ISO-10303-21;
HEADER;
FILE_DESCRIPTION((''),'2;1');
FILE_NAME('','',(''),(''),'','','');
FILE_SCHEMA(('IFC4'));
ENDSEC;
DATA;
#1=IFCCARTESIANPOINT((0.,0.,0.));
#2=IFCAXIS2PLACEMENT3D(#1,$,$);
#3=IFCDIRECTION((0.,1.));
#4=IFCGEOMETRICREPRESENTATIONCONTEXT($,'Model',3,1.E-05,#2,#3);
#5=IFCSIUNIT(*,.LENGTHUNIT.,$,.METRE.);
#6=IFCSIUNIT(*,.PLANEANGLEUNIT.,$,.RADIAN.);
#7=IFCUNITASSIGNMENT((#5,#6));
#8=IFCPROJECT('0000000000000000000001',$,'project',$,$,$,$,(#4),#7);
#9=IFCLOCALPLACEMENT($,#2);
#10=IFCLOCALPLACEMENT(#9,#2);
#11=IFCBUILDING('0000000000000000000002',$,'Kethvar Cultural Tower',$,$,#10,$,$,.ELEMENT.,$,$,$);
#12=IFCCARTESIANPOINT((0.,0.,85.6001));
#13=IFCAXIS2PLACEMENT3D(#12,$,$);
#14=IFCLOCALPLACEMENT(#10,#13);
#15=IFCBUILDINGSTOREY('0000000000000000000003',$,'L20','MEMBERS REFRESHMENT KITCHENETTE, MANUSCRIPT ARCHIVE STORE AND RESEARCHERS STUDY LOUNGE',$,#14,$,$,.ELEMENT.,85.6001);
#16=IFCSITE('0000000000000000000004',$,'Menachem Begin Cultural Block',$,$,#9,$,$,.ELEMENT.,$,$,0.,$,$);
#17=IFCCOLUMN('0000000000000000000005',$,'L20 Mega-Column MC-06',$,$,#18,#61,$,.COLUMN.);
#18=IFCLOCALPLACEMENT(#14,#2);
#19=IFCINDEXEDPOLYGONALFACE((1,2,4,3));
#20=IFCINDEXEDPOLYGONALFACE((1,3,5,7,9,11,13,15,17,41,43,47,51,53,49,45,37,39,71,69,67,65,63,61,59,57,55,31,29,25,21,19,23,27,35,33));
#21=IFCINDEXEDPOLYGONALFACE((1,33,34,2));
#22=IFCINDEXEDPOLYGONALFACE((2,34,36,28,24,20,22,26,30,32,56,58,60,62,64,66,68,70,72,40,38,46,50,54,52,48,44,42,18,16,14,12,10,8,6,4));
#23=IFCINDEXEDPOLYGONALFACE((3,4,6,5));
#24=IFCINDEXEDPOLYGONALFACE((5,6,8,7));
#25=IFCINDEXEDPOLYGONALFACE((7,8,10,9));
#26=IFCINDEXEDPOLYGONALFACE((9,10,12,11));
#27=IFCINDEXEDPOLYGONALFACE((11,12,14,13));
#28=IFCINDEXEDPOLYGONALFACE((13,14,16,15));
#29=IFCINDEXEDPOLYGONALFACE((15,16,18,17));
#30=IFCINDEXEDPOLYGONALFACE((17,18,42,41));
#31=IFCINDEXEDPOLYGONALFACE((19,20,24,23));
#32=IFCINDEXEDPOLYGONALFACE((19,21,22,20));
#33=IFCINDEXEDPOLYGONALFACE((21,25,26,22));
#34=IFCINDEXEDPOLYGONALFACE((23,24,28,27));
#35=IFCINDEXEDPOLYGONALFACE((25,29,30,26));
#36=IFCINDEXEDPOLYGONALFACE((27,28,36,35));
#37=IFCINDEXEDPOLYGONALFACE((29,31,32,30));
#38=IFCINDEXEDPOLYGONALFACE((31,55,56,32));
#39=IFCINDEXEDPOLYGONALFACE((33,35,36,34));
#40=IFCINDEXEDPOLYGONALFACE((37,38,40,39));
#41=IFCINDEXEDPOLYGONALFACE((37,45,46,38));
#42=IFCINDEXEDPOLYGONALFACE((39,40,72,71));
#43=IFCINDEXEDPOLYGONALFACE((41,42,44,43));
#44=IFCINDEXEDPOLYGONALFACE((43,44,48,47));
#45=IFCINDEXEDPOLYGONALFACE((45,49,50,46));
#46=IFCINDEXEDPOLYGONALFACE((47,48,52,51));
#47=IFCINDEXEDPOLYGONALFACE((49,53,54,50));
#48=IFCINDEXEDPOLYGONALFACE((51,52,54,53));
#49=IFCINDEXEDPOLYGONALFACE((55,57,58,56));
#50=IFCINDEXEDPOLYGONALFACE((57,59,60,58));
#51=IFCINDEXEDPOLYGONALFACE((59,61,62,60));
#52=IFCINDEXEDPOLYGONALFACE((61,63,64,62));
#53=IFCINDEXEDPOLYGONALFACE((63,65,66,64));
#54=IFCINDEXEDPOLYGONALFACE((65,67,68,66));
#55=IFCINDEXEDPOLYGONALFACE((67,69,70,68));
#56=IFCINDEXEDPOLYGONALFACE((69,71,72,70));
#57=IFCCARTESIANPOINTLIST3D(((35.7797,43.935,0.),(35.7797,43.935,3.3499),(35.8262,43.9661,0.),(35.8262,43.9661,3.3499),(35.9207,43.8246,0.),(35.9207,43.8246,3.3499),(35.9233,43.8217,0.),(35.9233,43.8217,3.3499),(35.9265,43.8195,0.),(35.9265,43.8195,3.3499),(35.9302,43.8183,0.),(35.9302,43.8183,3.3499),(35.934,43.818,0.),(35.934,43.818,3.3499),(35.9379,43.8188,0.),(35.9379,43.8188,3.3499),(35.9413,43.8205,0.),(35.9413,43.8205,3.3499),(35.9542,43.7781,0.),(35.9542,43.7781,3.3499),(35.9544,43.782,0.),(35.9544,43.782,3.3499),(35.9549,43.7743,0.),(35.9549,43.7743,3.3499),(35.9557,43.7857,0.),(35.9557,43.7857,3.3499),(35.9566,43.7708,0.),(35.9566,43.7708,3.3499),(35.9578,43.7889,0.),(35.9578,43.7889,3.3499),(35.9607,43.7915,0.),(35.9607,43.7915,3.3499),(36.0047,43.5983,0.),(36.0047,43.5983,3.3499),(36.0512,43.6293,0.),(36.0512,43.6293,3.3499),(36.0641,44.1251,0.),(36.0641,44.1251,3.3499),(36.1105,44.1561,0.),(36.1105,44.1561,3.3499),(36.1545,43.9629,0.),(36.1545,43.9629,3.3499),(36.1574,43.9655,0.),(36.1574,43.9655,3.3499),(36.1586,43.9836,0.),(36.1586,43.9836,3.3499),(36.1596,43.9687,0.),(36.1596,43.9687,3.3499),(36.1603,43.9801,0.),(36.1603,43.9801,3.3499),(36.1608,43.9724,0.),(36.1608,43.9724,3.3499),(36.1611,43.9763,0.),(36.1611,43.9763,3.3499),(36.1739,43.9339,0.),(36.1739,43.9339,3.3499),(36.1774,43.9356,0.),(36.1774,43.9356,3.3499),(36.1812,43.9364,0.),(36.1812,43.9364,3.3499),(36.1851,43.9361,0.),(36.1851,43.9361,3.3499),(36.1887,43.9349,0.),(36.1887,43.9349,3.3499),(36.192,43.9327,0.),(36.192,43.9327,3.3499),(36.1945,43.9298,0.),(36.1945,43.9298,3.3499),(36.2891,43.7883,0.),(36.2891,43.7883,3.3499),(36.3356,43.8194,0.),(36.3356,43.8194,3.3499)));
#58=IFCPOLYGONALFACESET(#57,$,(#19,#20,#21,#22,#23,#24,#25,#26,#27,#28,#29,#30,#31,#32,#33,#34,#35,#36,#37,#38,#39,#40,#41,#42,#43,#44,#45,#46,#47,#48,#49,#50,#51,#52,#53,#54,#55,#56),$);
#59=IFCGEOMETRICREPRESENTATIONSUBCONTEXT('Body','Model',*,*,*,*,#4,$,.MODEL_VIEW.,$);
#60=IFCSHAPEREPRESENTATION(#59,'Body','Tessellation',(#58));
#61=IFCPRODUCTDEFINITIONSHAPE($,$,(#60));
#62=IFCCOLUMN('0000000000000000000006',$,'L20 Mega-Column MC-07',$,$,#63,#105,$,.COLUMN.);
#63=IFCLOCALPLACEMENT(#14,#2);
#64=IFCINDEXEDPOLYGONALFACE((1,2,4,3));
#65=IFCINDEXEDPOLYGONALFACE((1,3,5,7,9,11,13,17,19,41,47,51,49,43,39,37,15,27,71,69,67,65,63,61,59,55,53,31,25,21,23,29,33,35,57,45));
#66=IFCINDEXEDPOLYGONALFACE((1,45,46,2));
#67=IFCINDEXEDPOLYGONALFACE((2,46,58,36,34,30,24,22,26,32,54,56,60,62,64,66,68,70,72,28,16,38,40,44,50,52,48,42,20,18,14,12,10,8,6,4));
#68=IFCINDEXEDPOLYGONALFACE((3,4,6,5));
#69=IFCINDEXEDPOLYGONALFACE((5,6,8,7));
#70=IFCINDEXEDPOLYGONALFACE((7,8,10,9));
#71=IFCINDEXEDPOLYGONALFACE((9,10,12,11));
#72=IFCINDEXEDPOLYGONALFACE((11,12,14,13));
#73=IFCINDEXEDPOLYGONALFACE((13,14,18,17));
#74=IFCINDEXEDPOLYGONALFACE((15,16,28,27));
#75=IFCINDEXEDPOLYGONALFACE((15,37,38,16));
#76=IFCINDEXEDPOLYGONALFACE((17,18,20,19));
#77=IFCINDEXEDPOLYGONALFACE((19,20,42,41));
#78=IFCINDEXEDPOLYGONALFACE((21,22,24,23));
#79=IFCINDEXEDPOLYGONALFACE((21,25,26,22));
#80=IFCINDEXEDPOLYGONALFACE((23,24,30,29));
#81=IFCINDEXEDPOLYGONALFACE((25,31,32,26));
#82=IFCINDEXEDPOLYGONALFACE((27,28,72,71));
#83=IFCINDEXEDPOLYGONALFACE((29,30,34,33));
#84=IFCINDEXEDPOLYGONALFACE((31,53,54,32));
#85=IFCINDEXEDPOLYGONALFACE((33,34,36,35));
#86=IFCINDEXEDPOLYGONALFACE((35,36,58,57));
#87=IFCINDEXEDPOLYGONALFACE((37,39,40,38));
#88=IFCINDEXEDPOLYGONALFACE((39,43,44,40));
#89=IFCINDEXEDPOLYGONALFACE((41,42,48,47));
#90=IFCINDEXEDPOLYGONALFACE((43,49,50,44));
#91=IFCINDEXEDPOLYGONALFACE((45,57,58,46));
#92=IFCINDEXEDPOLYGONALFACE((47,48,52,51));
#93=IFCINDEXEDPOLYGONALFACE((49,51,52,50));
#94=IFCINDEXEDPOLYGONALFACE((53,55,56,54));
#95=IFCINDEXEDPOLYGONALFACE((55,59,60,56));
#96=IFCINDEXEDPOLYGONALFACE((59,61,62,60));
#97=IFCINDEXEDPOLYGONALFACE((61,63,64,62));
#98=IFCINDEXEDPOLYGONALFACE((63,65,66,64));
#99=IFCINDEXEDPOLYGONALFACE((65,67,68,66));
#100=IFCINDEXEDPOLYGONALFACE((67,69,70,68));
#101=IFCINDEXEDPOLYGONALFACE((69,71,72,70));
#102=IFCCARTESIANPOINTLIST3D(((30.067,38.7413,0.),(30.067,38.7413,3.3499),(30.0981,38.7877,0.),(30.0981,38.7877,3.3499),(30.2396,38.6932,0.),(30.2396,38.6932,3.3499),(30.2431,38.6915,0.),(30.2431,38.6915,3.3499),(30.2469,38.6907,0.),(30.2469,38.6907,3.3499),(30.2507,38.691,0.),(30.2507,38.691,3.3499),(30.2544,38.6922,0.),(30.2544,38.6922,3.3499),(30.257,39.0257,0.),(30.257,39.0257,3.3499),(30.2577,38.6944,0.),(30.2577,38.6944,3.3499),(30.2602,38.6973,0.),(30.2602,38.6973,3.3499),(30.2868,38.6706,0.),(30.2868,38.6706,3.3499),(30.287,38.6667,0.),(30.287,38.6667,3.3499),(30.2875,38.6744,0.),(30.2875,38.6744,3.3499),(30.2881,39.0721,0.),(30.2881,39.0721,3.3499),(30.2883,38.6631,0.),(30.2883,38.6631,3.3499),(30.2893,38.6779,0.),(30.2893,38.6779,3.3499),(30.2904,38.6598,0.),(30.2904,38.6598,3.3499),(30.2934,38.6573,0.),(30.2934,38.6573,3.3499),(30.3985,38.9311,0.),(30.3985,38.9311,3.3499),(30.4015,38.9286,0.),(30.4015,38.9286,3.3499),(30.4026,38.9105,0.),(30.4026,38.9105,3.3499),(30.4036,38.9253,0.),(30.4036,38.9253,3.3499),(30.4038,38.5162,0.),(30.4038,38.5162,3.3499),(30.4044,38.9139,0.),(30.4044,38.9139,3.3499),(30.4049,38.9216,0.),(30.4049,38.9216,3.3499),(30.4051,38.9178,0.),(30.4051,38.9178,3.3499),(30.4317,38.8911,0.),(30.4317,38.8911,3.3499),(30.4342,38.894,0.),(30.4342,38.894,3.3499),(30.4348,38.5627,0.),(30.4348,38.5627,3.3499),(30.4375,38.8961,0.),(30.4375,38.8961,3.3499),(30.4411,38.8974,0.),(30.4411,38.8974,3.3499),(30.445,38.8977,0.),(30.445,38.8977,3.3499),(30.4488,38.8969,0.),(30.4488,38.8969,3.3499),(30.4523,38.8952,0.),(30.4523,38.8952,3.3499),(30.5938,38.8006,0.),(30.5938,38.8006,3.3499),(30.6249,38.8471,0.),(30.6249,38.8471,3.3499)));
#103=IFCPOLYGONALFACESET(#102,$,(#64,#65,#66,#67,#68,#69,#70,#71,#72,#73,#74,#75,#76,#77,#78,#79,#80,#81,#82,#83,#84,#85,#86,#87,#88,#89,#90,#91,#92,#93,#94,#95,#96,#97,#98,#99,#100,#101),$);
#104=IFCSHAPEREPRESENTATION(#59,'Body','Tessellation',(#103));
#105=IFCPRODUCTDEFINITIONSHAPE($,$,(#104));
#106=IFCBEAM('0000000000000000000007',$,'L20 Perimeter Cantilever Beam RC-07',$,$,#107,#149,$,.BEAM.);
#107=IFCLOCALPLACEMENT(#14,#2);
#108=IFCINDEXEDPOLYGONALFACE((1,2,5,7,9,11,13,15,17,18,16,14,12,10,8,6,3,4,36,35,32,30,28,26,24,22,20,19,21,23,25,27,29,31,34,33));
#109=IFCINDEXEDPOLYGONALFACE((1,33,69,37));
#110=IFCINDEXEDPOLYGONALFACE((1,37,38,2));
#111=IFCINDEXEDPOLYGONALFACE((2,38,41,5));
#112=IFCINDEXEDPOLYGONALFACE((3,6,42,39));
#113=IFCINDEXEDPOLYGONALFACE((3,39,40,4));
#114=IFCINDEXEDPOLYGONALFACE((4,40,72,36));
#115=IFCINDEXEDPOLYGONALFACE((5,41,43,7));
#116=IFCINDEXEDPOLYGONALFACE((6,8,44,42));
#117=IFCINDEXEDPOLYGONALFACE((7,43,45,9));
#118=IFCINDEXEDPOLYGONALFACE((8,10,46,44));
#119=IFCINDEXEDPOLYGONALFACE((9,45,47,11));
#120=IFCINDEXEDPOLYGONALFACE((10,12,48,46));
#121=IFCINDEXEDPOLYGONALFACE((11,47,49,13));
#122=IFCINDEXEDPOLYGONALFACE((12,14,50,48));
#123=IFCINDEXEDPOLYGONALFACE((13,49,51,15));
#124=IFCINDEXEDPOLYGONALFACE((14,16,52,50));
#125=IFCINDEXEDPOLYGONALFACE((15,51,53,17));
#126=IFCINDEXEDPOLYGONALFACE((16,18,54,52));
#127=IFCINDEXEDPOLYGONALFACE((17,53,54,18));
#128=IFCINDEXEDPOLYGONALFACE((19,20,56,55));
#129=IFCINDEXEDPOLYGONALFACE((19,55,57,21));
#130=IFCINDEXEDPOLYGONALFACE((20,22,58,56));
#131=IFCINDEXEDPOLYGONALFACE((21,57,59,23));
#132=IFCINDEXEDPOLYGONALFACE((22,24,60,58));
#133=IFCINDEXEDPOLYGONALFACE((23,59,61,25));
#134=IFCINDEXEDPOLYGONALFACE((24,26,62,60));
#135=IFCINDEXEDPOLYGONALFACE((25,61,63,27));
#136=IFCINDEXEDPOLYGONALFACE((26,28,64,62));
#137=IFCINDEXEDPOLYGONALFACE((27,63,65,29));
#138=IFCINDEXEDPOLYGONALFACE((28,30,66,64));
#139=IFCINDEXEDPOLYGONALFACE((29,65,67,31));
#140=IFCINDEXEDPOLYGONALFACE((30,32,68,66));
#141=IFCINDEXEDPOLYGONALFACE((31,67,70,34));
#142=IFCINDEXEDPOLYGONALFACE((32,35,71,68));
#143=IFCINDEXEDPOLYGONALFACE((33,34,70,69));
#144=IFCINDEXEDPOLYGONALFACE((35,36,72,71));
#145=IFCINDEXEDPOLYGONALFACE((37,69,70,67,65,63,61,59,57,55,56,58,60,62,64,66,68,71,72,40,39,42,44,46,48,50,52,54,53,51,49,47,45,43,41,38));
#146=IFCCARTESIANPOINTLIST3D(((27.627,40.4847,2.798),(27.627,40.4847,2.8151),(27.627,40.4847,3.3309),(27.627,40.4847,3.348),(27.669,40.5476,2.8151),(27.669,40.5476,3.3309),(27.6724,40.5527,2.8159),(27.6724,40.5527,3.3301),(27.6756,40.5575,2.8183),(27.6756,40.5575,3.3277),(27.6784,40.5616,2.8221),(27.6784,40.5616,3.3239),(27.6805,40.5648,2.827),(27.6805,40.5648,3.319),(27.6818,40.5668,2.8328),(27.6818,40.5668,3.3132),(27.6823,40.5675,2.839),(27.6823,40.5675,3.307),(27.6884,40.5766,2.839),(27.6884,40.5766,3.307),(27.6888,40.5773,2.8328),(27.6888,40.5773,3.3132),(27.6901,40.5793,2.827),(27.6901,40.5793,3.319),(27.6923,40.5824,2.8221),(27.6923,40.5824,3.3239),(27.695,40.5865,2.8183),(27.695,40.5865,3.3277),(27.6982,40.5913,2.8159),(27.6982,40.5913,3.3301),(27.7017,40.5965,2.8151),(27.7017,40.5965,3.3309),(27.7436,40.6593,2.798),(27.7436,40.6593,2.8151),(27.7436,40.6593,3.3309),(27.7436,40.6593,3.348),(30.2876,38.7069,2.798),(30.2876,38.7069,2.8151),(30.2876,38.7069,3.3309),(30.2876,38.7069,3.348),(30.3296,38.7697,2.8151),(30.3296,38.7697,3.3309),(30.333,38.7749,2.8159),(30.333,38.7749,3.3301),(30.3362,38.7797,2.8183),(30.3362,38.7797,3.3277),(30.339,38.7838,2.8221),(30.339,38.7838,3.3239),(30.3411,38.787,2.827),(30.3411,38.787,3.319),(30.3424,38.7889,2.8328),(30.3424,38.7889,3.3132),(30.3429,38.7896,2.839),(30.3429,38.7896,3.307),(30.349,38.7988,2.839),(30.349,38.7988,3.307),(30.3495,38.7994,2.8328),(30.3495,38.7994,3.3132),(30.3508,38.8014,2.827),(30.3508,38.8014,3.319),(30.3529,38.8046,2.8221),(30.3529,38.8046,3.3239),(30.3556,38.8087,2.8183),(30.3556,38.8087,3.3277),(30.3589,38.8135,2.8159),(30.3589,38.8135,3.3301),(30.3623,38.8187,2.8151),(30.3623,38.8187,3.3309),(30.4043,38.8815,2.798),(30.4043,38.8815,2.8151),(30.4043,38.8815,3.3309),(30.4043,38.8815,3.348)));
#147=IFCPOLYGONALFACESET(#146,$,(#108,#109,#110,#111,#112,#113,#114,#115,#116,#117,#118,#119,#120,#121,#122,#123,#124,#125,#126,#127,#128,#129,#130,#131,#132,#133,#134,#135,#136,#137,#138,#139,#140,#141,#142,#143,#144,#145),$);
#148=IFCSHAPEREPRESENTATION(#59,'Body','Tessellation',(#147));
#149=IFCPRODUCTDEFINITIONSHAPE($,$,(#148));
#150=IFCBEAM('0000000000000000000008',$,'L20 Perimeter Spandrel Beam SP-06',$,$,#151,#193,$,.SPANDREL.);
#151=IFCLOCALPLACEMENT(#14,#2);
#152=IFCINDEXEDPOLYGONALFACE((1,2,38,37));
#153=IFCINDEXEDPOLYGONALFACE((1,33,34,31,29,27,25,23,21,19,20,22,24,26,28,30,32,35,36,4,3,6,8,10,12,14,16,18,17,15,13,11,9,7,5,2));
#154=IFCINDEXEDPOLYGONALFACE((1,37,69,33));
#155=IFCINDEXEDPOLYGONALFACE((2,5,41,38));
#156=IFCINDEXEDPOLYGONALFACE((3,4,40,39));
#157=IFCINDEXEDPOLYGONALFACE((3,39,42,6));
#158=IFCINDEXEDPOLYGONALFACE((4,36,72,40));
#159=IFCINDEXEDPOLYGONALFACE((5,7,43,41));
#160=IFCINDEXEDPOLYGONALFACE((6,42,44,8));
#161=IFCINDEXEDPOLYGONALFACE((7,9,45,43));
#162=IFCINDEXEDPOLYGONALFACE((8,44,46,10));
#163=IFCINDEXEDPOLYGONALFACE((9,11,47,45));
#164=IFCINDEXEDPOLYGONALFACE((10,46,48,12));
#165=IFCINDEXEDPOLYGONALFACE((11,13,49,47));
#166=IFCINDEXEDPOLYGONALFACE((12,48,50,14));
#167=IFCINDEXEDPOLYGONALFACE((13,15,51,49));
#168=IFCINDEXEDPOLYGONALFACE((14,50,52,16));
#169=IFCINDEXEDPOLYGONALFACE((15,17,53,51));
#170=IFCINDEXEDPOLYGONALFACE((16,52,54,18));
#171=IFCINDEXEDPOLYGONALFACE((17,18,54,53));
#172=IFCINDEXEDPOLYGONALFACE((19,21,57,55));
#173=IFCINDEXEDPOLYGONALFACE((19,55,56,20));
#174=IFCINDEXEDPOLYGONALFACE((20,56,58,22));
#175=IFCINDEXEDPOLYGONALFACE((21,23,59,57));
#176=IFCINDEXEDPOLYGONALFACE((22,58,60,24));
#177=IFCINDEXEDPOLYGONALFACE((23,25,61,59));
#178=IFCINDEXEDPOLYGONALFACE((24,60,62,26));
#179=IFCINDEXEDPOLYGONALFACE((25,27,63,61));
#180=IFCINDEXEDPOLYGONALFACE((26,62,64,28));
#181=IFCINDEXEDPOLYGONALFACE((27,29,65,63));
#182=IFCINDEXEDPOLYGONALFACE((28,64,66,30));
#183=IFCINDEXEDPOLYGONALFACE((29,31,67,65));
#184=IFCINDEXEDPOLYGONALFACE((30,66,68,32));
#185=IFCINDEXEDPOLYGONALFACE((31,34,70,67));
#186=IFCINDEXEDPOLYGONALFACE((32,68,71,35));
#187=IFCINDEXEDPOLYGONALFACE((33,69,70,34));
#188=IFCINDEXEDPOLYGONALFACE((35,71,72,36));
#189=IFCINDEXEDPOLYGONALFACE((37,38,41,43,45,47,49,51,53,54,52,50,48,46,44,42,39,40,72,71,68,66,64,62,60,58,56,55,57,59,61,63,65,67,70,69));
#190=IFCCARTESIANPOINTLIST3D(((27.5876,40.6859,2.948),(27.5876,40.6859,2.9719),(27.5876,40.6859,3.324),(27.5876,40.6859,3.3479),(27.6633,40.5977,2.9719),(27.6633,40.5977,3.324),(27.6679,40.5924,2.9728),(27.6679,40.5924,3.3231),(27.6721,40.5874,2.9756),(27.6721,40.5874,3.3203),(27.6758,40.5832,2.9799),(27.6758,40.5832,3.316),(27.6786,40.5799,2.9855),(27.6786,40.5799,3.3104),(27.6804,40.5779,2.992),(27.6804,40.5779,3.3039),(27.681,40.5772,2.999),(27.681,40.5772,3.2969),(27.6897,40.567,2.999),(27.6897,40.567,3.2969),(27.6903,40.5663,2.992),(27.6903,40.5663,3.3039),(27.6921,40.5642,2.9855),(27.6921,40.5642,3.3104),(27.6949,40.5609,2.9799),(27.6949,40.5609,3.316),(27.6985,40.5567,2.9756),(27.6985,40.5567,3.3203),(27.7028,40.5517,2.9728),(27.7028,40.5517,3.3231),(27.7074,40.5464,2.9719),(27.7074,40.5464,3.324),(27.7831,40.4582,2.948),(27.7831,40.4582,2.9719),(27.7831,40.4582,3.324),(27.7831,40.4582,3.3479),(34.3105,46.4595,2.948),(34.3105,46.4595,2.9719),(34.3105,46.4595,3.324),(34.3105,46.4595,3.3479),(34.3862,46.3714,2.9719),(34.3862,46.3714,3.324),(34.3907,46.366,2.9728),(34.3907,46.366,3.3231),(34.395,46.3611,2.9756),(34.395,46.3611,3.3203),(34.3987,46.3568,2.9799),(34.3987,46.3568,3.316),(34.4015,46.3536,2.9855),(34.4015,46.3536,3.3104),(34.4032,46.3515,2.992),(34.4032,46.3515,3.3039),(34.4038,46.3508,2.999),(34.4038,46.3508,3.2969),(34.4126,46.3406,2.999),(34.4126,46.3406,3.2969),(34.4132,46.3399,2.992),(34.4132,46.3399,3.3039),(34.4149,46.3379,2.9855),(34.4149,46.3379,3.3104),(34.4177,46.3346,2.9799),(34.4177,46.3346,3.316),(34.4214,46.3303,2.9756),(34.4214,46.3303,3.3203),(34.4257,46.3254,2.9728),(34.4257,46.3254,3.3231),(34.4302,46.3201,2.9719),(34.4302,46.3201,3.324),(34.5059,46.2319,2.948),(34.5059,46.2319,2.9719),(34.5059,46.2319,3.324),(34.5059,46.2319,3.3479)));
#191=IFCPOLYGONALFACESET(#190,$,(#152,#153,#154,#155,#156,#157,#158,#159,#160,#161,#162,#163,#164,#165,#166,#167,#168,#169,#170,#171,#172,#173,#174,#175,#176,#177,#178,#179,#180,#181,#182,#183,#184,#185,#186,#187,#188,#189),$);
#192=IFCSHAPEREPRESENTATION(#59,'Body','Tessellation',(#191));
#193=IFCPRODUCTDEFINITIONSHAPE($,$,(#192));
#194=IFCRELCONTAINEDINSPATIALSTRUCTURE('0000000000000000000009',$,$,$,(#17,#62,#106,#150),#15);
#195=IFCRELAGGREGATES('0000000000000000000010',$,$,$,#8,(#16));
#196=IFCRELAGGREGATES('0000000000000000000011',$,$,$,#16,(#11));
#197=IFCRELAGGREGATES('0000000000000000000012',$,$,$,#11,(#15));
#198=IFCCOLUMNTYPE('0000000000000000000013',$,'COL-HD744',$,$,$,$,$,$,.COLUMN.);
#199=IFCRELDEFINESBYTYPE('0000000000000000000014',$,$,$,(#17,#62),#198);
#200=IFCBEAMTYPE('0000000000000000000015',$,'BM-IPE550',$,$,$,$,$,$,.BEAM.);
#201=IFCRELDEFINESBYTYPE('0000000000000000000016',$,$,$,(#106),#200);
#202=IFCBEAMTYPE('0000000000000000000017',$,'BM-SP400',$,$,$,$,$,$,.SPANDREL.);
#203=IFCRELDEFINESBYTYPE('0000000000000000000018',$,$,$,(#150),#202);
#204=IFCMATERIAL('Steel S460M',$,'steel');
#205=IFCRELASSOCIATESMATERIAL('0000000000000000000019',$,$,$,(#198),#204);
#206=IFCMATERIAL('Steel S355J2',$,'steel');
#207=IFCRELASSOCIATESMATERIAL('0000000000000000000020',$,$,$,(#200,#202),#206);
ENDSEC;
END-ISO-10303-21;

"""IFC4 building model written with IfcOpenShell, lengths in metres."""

from ifc_helpers import new_model, si_unit, direction, frame, origin, origin_2d, place, context, subcontext, project, spatial, i_section, extrude, source, transform, mapped, material, material_profile, profile_set, type_object, element, save


model = new_model("IFC4")

# Units and contexts
model_context = context("Model", 3, precision=1e-05, world=origin(), true_north=direction((0.0, 1.0)))
body_context = subcontext(model_context, "Body", "Model", "MODEL_VIEW")
ifc_project = project(units=[si_unit("LENGTHUNIT", "METRE"), si_unit("PLANEANGLEUNIT", "RADIAN")], contexts=[model_context])

# Site, building, storey
site_placement = place(None, origin())
site = spatial("IfcSite", under=ifc_project, at=site_placement, Name="Menachem Begin Cultural Block", CompositionType="ELEMENT", RefElevation=0.0)
building_placement = place(site_placement, origin())
building = spatial("IfcBuilding", under=site, at=building_placement, Name="Kethvar Cultural Tower", CompositionType="ELEMENT")
storey_placement = place(building_placement, frame((0.0, 0.0, 85.6001)))
storey = spatial("IfcBuildingStorey", under=building, at=storey_placement, Name="L20", Description="MEMBERS REFRESHMENT KITCHENETTE, MANUSCRIPT ARCHIVE STORE AND RESEARCHERS STUDY LOUNGE", CompositionType="ELEMENT", Elevation=85.6001)

# Columns
ifc_material_1 = material(Name="Steel S460M", Category="steel")
ifc_material_profile_1 = material_profile(ifc_material_1, i_section(OverallWidth=0.405, OverallDepth=0.3979, WebThickness=0.0349, FlangeThickness=0.0559, FilletRadius=0.0149, at=origin_2d()), Name="Steel S460M — HD400x744")
ifc_profile_set_1 = profile_set([ifc_material_profile_1], Name="Steel S460M — HD400x744")
column_type = type_object("IfcColumnType", Name="COL-HD744", PredefinedType="COLUMN", material=ifc_profile_set_1)
shared_shape_1 = source(origin(), body_context, "Body", "SweptSolid", [
    extrude(i_section(OverallWidth=0.405, OverallDepth=0.3979, WebThickness=0.0349, FlangeThickness=0.0559, FilletRadius=0.0149, at=origin_2d()), origin(), (0.0, 0.0, 1.0), 3.3499),
])
for number, where, z_axis, x_axis, name in (
    (1, (36.0576, 43.8772, 0.0), (0.0, 0.0, 1.0), (-0.55557, 0.83147, 0.0), "L20 Mega-Column MC-06"),
    (2, (30.3459, 38.7942, 0.0), (0.0, 0.0, 1.0), (-0.83147, 0.55557, 0.0), "L20 Mega-Column MC-07"),
):
    element("IfcColumn", number, at=place(storey_placement, frame(where, z_axis=z_axis, x_axis=x_axis)), inside=storey, type_object=column_type, Name=name, PredefinedType="COLUMN", context=body_context, shape_type="MappedRepresentation", body=[
        mapped(shared_shape_1, transform((0.0, 0.0, 0.0), scale=1.0)),
    ])

# Beams
ifc_material_2 = material(Name="Steel S355J2", Category="steel")
ifc_material_profile_2 = material_profile(ifc_material_2, i_section(OverallWidth=0.21, OverallDepth=0.55, WebThickness=0.011, FlangeThickness=0.0171, FilletRadius=0.0239, at=origin_2d()), Name="Steel S355J2 — IPE550")
ifc_profile_set_2 = profile_set([ifc_material_profile_2], Name="Steel S355J2 — IPE550")
beam_type_1 = type_object("IfcBeamType", Name="BM-IPE550", PredefinedType="BEAM", material=ifc_profile_set_2)
shared_shape_2 = source(origin(), body_context, "Body", "SweptSolid", [
    extrude(i_section(OverallWidth=0.21, OverallDepth=0.55, WebThickness=0.011, FlangeThickness=0.0171, FilletRadius=0.0239, at=origin_2d()), origin(), (0.0, 0.0, 1.0), 3.2),
])
beam_1_placement = place(storey_placement, frame((30.3459, 38.7942, 3.073), z_axis=(-0.831463, 0.55558, 0.0), x_axis=(-0.55558, -0.831463, 0.0)))
element("IfcBeam", 3, at=beam_1_placement, inside=storey, type_object=beam_type_1, Name="L20 Perimeter Cantilever Beam RC-07", PredefinedType="BEAM", context=body_context, shape_type="MappedRepresentation", body=[
    mapped(shared_shape_2, transform((0.0, 0.0, 0.0), scale=1.0)),
])
ifc_material_profile_3 = material_profile(ifc_material_2, i_section(OverallWidth=0.3, OverallDepth=0.3999, WebThickness=0.0134, FlangeThickness=0.0239, FilletRadius=0.0271, at=origin_2d()), Name="Steel S355J2 — HEB400")
ifc_profile_set_3 = profile_set([ifc_material_profile_3], Name="Steel S355J2 — HEB400")
beam_type_2 = type_object("IfcBeamType", Name="BM-SP400", PredefinedType="SPANDREL", material=ifc_profile_set_3)
shared_shape_3 = source(origin(), body_context, "Body", "SweptSolid", [
    extrude(i_section(OverallWidth=0.3, OverallDepth=0.3999, WebThickness=0.0134, FlangeThickness=0.0239, FilletRadius=0.0271, at=origin_2d()), origin(), (0.0, 0.0, 1.0), 8.8618),
])
beam_2_placement = place(storey_placement, frame((34.4082, 46.3457, 3.1479), z_axis=(-0.758632, -0.651519, 0.0), x_axis=(0.651519, -0.758632, 0.0)))
element("IfcBeam", 4, at=beam_2_placement, inside=storey, type_object=beam_type_2, Name="L20 Perimeter Spandrel Beam SP-06", PredefinedType="SPANDREL", context=body_context, shape_type="MappedRepresentation", body=[
    mapped(shared_shape_3, transform((0.0, 0.0, 0.0), scale=1.0)),
])

save(model, "model.ifc")
